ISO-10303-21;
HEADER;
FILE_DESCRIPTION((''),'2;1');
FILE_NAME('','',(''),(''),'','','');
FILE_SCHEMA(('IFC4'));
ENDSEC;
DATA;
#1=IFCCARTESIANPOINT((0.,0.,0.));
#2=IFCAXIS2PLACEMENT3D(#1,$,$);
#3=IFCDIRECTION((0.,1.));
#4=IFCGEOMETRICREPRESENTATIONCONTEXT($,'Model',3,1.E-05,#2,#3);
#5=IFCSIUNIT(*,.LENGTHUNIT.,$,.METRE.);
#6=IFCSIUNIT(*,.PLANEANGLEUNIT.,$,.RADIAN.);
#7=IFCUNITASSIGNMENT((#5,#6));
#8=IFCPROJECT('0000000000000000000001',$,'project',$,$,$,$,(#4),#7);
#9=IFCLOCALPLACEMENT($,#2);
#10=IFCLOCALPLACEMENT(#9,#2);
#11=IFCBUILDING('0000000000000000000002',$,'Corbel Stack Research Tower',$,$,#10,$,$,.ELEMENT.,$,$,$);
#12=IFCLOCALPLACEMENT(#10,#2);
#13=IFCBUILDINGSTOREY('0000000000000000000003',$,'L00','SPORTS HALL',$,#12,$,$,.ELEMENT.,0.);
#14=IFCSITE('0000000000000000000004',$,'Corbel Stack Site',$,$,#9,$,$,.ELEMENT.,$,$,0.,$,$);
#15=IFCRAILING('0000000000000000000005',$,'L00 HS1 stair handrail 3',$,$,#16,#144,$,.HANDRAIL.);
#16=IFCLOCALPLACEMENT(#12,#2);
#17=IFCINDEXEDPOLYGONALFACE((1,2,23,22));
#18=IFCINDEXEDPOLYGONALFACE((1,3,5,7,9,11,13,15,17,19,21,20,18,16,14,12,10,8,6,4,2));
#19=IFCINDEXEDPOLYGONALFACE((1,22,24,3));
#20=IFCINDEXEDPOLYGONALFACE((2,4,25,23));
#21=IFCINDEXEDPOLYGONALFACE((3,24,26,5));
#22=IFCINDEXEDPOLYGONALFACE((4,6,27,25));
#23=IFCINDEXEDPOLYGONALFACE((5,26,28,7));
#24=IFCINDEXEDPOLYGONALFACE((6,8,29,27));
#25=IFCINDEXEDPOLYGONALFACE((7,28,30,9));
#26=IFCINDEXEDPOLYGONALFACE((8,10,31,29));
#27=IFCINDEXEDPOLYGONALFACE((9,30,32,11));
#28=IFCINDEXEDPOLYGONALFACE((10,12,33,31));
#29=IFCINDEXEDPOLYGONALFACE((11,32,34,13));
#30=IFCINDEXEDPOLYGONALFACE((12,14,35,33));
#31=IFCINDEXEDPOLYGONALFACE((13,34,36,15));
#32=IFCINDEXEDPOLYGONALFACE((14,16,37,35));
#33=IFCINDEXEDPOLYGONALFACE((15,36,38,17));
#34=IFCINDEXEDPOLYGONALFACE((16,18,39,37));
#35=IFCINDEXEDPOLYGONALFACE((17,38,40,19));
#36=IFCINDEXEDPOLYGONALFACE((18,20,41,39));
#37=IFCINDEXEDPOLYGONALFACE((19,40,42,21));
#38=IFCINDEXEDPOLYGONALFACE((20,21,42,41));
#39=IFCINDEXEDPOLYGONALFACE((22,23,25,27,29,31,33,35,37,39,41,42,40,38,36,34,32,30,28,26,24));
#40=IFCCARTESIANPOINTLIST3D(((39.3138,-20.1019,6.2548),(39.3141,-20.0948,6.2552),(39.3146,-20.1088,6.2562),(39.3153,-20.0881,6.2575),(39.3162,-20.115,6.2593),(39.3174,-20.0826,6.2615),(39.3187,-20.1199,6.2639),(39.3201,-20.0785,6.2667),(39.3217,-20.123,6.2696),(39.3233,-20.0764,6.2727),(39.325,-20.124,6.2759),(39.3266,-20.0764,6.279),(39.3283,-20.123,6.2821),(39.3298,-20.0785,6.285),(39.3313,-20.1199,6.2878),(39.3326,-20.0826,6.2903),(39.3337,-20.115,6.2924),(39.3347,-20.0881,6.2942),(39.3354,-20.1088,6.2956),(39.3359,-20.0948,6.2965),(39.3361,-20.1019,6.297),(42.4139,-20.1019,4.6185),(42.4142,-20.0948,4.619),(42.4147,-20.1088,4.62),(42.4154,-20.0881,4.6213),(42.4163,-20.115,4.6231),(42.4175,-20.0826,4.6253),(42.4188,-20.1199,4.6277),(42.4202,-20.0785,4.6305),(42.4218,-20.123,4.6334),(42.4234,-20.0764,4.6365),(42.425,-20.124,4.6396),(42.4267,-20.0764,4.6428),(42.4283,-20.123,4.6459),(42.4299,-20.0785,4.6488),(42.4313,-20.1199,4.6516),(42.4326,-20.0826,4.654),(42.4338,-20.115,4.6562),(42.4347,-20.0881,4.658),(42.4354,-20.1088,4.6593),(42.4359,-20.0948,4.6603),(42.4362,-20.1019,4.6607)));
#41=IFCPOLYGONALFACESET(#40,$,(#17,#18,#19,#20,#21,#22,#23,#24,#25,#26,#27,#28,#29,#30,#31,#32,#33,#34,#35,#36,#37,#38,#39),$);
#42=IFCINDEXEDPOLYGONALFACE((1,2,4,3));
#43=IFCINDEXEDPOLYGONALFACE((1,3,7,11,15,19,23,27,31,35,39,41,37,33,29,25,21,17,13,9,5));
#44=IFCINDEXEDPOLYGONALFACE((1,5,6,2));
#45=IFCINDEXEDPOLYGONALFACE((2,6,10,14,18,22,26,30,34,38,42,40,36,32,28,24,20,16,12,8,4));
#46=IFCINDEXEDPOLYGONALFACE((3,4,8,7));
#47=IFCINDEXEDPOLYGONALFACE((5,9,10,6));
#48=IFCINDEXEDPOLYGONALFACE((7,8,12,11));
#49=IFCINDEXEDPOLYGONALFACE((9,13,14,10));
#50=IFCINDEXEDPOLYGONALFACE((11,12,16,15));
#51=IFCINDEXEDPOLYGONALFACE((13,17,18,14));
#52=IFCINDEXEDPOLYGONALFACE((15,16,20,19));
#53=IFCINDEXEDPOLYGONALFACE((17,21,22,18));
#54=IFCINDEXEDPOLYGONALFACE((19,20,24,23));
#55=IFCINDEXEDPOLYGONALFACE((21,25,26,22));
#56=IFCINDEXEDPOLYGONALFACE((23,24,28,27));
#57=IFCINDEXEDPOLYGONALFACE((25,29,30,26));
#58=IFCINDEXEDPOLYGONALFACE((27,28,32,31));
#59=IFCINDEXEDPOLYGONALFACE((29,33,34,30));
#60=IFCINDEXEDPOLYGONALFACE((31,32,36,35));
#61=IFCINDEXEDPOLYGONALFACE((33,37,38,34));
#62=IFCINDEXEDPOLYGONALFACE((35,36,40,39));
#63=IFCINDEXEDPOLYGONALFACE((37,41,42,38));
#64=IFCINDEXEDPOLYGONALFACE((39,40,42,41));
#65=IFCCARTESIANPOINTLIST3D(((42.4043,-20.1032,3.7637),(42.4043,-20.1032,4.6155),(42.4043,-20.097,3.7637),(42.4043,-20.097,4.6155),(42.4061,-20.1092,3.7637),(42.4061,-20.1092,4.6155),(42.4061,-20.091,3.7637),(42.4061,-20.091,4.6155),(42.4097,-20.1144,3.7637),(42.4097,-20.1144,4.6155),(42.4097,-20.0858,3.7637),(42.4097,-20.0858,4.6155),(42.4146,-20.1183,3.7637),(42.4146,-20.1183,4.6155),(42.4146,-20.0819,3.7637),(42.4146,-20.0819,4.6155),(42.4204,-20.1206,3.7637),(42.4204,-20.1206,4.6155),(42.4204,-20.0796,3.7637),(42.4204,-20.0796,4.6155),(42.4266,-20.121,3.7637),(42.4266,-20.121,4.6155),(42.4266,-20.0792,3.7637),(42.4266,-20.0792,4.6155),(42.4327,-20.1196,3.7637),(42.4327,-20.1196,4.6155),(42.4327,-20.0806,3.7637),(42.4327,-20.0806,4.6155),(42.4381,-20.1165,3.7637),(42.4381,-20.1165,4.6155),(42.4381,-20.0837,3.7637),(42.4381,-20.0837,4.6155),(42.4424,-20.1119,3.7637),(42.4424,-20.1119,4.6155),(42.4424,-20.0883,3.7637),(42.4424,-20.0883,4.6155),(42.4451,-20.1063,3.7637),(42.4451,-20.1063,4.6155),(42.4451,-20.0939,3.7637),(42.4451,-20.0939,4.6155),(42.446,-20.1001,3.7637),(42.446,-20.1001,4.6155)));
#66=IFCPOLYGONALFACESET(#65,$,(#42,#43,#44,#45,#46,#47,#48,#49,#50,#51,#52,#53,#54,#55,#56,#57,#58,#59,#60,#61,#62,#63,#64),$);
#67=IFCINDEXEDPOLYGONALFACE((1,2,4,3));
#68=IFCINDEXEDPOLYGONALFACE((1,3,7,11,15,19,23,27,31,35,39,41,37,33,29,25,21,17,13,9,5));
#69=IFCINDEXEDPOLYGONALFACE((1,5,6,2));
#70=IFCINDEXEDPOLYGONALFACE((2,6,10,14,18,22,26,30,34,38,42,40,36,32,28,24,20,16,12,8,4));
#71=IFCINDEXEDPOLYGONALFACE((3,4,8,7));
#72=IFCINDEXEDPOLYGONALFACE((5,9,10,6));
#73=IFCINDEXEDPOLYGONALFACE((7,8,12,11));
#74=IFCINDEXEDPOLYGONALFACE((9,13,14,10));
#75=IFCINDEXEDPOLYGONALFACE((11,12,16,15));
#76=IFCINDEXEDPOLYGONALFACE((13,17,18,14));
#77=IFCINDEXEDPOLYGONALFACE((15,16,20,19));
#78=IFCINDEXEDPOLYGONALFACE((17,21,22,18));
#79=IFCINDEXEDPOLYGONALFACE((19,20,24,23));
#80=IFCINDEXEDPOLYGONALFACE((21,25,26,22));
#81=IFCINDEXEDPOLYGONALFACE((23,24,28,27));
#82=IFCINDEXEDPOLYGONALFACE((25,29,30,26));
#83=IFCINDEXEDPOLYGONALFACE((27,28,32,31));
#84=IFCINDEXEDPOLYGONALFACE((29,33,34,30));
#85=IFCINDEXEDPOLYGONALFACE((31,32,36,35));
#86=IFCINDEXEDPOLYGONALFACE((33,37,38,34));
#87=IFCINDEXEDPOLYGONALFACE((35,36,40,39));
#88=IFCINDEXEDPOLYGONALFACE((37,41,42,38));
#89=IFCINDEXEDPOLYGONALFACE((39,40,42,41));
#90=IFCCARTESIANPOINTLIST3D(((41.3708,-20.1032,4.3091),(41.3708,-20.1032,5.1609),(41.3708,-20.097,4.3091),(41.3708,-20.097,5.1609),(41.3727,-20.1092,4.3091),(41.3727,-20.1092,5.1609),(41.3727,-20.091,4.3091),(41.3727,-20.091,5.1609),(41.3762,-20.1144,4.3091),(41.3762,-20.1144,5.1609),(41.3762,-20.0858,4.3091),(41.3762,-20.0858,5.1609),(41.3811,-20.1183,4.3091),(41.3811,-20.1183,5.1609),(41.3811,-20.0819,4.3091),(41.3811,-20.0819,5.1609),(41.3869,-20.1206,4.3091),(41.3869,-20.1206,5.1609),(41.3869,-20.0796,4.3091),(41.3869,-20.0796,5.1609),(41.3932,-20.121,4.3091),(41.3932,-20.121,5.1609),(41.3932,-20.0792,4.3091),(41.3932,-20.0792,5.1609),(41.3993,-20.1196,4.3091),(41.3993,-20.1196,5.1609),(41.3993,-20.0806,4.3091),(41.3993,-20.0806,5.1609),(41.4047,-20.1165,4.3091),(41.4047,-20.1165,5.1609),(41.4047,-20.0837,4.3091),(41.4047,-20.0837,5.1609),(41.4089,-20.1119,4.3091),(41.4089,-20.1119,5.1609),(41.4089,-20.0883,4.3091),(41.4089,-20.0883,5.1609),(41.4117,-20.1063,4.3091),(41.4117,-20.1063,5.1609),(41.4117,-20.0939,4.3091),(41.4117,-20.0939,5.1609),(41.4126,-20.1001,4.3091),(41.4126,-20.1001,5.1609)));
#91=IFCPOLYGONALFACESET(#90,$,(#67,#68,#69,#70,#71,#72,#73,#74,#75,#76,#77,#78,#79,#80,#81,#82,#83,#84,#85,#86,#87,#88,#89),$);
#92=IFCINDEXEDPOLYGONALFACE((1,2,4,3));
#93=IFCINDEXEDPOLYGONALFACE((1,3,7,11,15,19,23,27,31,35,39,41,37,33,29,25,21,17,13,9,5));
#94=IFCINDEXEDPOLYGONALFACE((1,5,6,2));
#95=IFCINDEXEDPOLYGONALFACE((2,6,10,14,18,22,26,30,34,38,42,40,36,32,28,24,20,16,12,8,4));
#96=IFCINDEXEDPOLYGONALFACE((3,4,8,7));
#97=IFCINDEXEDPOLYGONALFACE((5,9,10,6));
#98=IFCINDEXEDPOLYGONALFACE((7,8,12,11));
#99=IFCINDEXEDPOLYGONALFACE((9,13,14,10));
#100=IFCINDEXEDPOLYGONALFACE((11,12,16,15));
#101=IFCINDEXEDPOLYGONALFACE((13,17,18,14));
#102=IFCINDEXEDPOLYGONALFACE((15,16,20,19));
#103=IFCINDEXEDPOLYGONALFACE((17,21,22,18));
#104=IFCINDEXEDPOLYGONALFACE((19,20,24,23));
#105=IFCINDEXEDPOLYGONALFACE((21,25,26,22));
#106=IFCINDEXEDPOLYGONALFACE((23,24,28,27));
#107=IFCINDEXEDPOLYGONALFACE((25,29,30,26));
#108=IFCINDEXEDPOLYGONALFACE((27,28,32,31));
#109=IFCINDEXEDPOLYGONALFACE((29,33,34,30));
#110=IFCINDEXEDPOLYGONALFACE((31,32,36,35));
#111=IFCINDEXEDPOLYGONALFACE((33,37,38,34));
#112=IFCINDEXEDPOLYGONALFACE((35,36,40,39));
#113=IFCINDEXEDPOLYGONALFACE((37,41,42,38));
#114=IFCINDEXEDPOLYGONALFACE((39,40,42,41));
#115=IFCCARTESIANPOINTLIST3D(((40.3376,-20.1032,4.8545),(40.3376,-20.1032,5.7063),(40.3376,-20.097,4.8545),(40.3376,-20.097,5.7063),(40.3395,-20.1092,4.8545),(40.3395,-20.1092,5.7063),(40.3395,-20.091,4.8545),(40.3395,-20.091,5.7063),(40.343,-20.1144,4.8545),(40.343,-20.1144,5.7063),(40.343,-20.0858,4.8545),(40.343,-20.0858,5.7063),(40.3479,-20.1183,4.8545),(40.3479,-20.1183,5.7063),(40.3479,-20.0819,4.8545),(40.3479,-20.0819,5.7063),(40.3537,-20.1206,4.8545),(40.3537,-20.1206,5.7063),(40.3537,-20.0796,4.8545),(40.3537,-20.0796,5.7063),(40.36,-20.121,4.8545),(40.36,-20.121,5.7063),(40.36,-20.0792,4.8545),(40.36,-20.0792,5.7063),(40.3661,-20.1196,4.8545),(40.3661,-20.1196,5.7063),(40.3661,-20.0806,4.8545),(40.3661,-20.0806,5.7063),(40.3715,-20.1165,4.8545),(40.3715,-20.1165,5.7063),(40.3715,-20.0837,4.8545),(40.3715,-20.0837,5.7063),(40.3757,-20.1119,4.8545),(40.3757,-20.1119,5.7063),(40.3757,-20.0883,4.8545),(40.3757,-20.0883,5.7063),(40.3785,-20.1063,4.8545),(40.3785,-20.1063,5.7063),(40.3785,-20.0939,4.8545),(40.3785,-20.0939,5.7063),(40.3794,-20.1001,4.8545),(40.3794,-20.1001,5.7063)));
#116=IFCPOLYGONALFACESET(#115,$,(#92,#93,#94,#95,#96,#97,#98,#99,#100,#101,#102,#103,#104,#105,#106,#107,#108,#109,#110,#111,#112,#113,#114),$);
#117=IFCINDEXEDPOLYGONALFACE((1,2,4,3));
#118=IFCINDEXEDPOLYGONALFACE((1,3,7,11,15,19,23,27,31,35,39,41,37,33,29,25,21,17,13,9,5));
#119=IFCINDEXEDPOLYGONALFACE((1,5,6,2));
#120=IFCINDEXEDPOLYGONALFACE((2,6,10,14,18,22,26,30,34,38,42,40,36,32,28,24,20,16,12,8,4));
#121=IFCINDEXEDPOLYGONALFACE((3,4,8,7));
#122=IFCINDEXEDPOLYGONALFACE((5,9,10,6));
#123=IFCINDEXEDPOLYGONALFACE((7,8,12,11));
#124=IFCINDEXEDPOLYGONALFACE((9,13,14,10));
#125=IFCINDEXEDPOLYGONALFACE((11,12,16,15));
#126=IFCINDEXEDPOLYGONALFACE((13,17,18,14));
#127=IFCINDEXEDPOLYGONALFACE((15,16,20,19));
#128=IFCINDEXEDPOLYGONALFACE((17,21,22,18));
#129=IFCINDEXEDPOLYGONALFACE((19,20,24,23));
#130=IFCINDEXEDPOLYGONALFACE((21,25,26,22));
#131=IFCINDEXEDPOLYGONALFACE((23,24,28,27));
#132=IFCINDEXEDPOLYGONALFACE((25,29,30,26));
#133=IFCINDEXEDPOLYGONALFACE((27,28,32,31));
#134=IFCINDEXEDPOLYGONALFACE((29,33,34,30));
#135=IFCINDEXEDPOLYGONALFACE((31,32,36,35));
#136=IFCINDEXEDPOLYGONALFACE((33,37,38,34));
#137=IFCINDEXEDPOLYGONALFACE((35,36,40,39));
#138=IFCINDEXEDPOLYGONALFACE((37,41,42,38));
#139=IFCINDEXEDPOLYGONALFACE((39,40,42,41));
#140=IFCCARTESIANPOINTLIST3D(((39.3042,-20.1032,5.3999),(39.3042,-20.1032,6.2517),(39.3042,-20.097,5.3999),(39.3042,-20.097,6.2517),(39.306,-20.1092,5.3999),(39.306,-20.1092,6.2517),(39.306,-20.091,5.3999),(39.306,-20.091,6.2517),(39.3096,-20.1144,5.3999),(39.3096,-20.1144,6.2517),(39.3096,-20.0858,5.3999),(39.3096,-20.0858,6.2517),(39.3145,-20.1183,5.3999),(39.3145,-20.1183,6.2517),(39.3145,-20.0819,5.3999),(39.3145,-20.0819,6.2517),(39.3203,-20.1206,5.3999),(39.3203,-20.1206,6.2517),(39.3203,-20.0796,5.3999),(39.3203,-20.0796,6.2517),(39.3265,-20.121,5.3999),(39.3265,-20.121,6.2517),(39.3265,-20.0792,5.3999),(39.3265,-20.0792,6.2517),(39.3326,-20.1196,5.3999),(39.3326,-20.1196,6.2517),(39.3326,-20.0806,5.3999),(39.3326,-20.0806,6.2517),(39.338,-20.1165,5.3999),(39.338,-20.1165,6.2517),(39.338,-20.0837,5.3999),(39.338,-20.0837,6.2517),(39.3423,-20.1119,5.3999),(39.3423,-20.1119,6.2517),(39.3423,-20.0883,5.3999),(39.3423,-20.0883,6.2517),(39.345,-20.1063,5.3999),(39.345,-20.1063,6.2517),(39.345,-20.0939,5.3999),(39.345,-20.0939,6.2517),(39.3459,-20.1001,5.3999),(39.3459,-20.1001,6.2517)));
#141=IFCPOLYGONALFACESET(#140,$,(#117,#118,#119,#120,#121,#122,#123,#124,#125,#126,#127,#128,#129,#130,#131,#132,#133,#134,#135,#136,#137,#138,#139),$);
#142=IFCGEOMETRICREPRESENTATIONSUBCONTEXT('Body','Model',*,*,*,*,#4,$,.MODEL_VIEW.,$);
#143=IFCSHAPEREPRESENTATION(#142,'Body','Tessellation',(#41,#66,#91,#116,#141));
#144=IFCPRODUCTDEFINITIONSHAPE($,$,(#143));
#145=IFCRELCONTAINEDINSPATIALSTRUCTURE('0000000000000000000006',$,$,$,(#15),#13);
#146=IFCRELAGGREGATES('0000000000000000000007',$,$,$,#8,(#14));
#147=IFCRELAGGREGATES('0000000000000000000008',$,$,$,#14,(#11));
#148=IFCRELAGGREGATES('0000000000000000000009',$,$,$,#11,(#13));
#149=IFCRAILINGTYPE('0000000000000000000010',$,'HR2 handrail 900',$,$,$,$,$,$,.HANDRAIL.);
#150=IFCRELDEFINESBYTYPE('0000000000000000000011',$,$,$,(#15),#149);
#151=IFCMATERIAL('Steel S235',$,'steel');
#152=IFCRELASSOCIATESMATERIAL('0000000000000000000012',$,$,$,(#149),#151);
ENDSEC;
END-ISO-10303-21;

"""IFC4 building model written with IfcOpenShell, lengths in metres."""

from ifc_helpers import new_model, si_unit, direction, frame, origin, origin_2d, place, context, subcontext, project, spatial, circle, extrude, material, type_object, element, save


model = new_model("IFC4")

# Units and contexts
model_context = context("Model", 3, precision=1e-05, world=origin(), true_north=direction((0.0, 1.0)))
body_context = subcontext(model_context, "Body", "Model", "MODEL_VIEW")
ifc_project = project(units=[si_unit("LENGTHUNIT", "METRE"), si_unit("PLANEANGLEUNIT", "RADIAN")], contexts=[model_context])

# Site, building, storey
site_placement = place(None, origin())
site = spatial("IfcSite", under=ifc_project, at=site_placement, Name="Corbel Stack Site", CompositionType="ELEMENT", RefElevation=0.0)
building_placement = place(site_placement, origin())
building = spatial("IfcBuilding", under=site, at=building_placement, Name="Corbel Stack Research Tower", CompositionType="ELEMENT")
storey_placement = place(building_placement, origin())
storey = spatial("IfcBuildingStorey", under=building, at=storey_placement, Name="L00", Description="SPORTS HALL", CompositionType="ELEMENT", Elevation=0.0)

# Railing
ifc_material_1 = material(Name="Steel S235", Category="steel")
railing_type_1 = type_object("IfcRailingType", Name="HR2 handrail 900", PredefinedType="HANDRAIL", material=ifc_material_1)
railing_1_placement = place(storey_placement, frame((42.425, -20.1001, 3.7637)))
element("IfcRailing", 1, at=railing_1_placement, inside=storey, type_object=railing_type_1, Name="L00 HS1 stair handrail 3", PredefinedType="HANDRAIL", context=body_context, shape_type="SweptSolid", body=[
    extrude(circle(Radius=0.0239, at=origin_2d()), frame((0.0, 0.0, 0.876), z_axis=(-0.884377, 0.0, 0.466774), x_axis=(0.0, -1.0, 0.0)), (0.0, 0.0, 1.0), 3.5054),
    extrude(circle(Radius=0.021, at=origin_2d()), origin(), (0.0, 0.0, 1.0), 0.8518),
    extrude(circle(Radius=0.021, at=origin_2d()), frame((-1.0334, 0.0, 0.5454)), (0.0, 0.0, 1.0), 0.8518),
    extrude(circle(Radius=0.021, at=origin_2d()), frame((-2.0667, 0.0, 1.0908)), (0.0, 0.0, 1.0), 0.8518),
    extrude(circle(Radius=0.021, at=origin_2d()), frame((-3.1001, 0.0, 1.6362)), (0.0, 0.0, 1.0), 0.8518),
])

save(model, "model.ifc")
